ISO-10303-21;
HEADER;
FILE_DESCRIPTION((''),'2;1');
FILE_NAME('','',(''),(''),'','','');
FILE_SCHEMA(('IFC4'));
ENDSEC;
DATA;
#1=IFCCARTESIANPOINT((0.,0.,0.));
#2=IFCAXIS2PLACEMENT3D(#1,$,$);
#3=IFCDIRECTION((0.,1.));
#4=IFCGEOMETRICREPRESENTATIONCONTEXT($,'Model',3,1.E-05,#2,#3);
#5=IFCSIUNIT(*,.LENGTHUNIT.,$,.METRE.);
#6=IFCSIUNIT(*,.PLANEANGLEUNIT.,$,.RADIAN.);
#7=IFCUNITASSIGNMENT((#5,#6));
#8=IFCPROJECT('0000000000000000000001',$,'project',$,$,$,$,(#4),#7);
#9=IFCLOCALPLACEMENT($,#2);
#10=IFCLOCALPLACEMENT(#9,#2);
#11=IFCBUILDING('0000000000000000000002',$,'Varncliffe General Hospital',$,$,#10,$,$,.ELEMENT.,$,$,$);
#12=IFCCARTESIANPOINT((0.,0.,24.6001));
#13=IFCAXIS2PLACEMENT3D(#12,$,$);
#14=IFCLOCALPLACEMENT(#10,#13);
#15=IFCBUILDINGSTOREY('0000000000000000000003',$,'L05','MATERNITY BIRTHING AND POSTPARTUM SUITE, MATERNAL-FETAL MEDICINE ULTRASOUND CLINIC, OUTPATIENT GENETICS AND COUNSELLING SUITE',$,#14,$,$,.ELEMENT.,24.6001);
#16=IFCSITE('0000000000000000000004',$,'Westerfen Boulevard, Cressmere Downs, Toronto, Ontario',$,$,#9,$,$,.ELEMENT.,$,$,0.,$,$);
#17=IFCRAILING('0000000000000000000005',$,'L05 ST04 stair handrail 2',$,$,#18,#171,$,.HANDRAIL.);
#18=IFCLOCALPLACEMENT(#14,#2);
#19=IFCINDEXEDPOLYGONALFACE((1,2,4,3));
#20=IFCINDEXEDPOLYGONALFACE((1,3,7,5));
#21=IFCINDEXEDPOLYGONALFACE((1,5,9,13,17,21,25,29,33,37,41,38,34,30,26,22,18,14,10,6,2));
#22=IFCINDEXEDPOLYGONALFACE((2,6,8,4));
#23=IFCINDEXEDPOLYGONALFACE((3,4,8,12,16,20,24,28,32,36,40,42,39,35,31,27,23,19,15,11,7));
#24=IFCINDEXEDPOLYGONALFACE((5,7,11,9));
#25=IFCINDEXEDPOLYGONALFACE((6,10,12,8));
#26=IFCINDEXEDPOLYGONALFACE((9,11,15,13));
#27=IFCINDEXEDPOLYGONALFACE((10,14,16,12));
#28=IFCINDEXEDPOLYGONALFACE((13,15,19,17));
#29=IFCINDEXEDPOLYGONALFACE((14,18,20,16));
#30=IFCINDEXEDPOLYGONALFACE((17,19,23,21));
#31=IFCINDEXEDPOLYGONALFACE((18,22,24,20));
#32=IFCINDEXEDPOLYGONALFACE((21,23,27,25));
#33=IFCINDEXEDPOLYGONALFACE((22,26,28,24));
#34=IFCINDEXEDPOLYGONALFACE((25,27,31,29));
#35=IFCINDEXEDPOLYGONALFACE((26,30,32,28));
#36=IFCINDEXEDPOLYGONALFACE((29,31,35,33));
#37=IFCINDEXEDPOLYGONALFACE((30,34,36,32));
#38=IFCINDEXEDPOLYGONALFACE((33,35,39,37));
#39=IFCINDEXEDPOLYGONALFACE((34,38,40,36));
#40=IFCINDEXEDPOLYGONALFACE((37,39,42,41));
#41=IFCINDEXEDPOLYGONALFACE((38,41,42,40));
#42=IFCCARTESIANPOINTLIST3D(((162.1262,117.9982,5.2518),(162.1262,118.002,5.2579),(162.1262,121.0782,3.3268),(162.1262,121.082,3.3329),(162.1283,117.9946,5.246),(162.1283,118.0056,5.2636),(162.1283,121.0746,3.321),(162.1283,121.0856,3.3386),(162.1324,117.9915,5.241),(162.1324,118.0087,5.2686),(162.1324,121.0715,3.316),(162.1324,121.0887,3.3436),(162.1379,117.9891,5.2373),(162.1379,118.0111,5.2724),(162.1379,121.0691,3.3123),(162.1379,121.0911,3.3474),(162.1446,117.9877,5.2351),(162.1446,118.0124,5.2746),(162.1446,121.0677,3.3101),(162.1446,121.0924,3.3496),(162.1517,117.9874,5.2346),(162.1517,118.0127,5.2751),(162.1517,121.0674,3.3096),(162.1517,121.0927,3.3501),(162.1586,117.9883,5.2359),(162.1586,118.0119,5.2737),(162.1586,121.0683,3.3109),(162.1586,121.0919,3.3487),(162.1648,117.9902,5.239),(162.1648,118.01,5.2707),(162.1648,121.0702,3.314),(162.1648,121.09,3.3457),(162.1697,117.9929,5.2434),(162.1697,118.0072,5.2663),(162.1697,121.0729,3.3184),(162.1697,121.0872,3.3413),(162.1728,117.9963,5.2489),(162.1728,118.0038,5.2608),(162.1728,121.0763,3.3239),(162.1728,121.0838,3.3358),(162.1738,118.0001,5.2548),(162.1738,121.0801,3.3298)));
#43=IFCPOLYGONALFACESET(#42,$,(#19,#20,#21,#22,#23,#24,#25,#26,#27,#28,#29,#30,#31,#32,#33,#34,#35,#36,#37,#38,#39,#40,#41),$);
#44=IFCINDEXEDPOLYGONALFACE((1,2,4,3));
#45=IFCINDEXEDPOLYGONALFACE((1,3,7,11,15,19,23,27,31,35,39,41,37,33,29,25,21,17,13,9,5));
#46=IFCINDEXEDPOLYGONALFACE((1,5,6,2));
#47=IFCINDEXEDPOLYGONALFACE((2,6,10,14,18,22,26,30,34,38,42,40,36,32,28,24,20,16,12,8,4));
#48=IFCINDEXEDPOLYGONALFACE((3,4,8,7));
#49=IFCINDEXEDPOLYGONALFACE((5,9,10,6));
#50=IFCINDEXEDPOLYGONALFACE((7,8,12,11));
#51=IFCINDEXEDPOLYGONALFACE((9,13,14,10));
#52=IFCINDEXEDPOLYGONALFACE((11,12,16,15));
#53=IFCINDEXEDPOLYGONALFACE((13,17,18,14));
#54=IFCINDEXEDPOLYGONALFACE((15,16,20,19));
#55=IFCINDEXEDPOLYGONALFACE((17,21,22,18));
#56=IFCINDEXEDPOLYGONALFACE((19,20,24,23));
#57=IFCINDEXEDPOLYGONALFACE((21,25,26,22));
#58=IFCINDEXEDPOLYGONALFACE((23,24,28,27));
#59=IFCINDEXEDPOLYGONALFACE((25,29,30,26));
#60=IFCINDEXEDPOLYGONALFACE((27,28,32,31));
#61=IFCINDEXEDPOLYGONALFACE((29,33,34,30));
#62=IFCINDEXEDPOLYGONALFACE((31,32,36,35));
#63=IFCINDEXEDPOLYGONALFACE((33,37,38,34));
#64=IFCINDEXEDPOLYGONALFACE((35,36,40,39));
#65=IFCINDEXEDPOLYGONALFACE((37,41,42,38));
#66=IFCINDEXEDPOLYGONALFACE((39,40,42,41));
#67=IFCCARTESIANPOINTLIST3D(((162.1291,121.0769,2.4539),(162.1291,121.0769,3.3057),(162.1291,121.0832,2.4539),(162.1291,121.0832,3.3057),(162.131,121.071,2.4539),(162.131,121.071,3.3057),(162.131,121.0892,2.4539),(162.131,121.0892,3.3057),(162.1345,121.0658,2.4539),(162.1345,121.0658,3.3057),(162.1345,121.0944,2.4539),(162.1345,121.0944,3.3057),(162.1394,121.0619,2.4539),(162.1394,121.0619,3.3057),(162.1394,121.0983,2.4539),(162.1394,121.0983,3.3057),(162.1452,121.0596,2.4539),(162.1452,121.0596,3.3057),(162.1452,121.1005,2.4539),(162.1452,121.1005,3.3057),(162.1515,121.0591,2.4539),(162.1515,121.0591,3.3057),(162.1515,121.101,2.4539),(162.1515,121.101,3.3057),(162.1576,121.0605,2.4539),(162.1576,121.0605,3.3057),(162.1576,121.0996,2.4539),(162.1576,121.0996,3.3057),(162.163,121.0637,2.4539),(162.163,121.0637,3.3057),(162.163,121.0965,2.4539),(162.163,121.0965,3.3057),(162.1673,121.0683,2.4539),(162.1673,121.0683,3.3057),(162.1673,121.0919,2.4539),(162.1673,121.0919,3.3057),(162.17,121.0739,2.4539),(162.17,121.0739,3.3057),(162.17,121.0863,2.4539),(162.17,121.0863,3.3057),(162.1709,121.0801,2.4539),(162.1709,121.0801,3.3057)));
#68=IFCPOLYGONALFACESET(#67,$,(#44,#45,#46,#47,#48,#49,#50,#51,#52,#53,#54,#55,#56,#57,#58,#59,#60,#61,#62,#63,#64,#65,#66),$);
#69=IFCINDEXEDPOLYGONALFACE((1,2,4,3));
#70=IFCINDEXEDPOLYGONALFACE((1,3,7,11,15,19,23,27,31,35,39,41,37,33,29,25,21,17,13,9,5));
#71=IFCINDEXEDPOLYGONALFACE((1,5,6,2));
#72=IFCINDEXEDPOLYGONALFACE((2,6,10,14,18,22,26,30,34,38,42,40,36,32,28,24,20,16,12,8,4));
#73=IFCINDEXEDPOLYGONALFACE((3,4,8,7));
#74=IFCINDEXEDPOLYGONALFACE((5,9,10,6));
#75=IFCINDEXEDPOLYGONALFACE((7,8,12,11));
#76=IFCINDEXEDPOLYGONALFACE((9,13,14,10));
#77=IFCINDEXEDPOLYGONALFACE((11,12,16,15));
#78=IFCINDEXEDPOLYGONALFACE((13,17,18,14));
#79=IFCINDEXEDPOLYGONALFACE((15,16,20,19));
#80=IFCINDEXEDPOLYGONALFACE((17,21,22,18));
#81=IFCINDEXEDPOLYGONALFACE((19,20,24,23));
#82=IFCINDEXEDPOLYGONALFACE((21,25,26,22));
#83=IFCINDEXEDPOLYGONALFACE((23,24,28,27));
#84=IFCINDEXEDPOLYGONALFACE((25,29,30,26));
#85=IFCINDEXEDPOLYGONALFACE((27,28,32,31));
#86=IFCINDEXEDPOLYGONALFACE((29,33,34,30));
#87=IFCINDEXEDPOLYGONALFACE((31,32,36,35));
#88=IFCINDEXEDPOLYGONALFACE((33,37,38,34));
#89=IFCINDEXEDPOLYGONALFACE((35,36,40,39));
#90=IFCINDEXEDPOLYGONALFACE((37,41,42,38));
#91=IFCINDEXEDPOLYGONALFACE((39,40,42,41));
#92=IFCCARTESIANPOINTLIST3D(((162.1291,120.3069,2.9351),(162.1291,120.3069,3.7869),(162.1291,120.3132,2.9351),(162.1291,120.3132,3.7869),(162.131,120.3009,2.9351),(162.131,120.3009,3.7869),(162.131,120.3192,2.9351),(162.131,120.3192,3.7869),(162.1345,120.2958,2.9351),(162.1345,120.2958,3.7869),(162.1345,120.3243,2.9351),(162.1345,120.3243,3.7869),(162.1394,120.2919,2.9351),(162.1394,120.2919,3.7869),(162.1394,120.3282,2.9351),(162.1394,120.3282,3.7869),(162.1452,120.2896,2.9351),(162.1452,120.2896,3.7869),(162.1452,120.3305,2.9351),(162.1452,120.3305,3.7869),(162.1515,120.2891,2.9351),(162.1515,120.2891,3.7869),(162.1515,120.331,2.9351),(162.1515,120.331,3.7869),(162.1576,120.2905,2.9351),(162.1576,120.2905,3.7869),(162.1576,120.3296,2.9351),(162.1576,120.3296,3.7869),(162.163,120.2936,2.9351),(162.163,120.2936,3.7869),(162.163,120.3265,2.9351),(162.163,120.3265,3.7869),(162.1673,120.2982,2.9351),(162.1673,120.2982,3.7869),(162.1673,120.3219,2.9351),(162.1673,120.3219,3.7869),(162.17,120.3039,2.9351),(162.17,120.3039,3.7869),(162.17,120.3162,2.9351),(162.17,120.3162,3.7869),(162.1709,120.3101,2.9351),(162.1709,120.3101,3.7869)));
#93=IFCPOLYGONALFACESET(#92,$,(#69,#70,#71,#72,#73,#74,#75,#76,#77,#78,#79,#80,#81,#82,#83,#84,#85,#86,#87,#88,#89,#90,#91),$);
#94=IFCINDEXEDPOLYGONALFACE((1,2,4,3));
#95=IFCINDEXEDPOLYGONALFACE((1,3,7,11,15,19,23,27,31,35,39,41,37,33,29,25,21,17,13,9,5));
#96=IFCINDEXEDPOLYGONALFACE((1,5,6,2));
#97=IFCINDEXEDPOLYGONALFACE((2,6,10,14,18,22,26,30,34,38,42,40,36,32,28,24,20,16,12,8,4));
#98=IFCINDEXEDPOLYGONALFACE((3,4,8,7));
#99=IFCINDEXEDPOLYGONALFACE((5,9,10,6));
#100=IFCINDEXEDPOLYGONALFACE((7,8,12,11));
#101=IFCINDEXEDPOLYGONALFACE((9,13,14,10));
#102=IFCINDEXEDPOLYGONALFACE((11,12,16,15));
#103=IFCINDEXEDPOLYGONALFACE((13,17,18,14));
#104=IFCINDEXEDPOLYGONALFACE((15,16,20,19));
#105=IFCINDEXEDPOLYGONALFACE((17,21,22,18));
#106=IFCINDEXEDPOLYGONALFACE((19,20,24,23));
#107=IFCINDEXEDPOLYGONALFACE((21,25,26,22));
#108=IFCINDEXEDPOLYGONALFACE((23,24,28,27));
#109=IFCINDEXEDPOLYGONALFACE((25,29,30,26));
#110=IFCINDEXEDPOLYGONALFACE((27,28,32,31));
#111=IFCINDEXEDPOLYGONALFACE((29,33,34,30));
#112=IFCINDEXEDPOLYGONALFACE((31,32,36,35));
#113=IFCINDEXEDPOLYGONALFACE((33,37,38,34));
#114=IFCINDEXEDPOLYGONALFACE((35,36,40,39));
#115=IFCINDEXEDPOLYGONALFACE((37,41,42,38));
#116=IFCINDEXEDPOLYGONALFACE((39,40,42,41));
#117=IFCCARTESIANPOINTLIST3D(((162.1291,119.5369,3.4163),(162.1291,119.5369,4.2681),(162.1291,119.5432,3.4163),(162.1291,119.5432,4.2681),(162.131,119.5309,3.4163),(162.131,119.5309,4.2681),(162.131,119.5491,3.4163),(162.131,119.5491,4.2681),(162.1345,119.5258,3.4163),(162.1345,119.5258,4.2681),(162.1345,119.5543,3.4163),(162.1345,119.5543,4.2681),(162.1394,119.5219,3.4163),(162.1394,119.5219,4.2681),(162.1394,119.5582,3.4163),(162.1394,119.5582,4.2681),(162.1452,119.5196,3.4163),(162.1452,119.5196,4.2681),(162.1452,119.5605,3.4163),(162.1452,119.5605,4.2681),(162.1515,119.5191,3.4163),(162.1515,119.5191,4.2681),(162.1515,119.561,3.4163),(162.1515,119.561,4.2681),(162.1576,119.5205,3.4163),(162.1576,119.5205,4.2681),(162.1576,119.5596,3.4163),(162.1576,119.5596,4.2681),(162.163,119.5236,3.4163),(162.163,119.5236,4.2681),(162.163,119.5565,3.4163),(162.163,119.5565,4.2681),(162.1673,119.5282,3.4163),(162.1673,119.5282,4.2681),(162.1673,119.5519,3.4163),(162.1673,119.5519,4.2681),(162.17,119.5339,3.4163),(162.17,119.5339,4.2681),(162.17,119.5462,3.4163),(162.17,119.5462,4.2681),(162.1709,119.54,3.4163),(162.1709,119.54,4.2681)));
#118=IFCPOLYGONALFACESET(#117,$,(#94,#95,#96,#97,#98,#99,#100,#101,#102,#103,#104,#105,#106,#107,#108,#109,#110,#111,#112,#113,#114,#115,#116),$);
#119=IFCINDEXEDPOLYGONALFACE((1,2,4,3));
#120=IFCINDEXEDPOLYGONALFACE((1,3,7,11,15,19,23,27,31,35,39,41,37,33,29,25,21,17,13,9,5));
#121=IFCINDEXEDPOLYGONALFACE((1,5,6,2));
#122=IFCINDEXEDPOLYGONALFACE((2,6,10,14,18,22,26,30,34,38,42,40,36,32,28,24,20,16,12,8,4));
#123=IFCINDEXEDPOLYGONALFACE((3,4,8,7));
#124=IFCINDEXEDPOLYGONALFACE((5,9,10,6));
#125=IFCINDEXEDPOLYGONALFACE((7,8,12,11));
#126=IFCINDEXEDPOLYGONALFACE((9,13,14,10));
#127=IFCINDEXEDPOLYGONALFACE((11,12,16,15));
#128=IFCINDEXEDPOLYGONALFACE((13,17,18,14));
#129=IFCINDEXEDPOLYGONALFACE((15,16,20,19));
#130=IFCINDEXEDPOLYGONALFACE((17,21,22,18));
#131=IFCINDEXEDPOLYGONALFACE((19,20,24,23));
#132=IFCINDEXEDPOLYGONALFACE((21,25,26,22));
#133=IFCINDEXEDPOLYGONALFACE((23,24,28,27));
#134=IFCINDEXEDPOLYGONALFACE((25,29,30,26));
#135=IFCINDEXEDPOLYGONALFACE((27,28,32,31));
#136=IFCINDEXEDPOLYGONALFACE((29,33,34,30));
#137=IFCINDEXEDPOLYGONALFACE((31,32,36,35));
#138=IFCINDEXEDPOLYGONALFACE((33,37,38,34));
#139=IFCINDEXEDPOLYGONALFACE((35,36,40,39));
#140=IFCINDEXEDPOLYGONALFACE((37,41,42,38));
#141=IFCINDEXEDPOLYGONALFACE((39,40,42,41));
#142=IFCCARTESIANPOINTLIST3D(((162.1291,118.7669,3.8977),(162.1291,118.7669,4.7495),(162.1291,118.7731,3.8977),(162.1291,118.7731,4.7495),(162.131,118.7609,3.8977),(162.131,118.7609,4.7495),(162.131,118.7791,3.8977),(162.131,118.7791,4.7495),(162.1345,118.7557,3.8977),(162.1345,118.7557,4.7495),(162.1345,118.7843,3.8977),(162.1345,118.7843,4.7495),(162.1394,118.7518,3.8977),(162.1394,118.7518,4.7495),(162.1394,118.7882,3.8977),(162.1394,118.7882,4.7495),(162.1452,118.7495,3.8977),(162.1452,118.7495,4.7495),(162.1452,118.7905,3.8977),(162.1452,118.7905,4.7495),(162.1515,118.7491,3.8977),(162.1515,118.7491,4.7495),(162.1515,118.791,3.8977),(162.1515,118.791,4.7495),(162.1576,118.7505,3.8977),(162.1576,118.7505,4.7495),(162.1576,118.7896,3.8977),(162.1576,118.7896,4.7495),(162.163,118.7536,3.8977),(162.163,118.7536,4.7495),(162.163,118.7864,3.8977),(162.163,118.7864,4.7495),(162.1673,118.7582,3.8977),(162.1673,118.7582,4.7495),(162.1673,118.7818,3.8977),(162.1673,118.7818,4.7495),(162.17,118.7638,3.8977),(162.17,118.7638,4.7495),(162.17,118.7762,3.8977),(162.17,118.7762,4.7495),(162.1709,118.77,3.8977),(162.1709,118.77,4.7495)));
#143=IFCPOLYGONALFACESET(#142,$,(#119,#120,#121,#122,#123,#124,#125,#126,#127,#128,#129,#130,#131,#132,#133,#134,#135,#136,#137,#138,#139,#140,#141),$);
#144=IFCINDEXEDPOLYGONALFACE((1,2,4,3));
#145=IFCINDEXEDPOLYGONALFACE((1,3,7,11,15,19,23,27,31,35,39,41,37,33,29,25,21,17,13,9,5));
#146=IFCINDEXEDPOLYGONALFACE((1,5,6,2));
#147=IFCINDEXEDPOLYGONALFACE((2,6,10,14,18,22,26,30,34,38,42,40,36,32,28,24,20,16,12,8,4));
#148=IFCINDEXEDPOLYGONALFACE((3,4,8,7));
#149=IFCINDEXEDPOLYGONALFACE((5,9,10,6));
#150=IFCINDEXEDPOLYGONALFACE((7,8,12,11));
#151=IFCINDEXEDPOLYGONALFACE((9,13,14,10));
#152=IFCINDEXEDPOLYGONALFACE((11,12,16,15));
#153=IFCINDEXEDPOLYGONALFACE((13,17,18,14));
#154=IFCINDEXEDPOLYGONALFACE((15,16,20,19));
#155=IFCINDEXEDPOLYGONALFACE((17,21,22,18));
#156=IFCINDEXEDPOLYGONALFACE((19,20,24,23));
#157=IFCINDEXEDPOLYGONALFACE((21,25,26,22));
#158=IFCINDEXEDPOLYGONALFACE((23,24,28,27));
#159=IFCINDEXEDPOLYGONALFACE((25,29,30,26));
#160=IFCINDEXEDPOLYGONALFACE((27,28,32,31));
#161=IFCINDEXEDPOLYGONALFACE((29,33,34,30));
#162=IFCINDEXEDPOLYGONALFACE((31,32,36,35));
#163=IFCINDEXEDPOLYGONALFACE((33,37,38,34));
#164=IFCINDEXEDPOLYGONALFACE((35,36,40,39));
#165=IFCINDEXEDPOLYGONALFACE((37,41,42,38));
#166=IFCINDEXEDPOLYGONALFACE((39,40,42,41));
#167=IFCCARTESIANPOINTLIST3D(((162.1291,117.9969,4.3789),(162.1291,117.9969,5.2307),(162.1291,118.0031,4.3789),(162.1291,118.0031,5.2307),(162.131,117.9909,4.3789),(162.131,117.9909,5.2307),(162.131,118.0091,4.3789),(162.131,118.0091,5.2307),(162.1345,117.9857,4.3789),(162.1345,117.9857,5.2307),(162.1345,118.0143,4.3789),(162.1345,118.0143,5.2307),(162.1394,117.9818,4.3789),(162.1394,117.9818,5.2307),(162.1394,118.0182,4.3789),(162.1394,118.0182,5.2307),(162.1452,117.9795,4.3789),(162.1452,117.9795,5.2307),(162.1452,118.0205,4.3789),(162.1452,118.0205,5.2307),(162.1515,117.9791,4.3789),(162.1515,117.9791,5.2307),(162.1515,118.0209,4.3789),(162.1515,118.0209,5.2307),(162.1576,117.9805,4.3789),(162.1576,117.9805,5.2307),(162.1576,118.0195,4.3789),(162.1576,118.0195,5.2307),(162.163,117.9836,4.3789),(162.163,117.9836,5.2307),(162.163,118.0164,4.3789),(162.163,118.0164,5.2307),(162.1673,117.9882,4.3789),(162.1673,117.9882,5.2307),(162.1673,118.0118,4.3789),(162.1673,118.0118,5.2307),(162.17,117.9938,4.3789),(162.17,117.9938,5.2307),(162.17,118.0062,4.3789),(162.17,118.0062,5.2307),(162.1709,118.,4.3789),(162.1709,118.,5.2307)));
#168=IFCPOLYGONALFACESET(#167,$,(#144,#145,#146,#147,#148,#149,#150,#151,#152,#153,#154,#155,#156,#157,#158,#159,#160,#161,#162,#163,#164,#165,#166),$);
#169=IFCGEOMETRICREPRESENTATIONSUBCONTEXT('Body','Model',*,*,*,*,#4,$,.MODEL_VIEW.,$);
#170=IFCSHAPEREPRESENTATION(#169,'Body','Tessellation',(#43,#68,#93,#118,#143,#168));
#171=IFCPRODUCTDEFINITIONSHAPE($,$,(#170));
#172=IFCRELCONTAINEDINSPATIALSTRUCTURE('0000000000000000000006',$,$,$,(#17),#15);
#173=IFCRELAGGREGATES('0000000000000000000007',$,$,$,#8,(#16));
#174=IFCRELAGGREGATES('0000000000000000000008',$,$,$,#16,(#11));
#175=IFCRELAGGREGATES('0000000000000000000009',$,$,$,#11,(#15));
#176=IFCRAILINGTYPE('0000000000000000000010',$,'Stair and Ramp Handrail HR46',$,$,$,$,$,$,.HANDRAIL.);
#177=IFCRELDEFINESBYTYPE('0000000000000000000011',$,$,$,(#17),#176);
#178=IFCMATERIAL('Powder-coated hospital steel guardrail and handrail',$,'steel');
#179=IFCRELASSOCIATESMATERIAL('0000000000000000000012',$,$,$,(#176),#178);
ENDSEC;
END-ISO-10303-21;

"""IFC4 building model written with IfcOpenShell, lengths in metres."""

from ifc_helpers import new_model, si_unit, direction, frame, origin, origin_2d, place, context, subcontext, project, spatial, circle, extrude, material, type_object, element, save


model = new_model("IFC4")

# Units and contexts
model_context = context("Model", 3, precision=1e-05, world=origin(), true_north=direction((0.0, 1.0)))
body_context = subcontext(model_context, "Body", "Model", "MODEL_VIEW")
ifc_project = project(units=[si_unit("LENGTHUNIT", "METRE"), si_unit("PLANEANGLEUNIT", "RADIAN")], contexts=[model_context])

# Site, building, storey
site_placement = place(None, origin())
site = spatial("IfcSite", under=ifc_project, at=site_placement, Name="Westerfen Boulevard, Cressmere Downs, Toronto, Ontario", CompositionType="ELEMENT", RefElevation=0.0)
building_placement = place(site_placement, origin())
building = spatial("IfcBuilding", under=site, at=building_placement, Name="Varncliffe General Hospital", CompositionType="ELEMENT")
storey_placement = place(building_placement, frame((0.0, 0.0, 24.6001)))
storey = spatial("IfcBuildingStorey", under=building, at=storey_placement, Name="L05", Description="MATERNITY BIRTHING AND POSTPARTUM SUITE, MATERNAL-FETAL MEDICINE ULTRASOUND CLINIC, OUTPATIENT GENETICS AND COUNSELLING SUITE", CompositionType="ELEMENT", Elevation=24.6001)

# Railing
ifc_material_1 = material(Name="Powder-coated hospital steel guardrail and handrail", Category="steel")
railing_type_1 = type_object("IfcRailingType", Name="Stair and Ramp Handrail HR46", PredefinedType="HANDRAIL", material=ifc_material_1)
railing_1_placement = place(storey_placement, frame((162.1499, 121.0801, 2.4539)))
element("IfcRailing", 1, at=railing_1_placement, inside=storey, type_object=railing_type_1, Name="L05 ST04 stair handrail 2", PredefinedType="HANDRAIL", context=body_context, shape_type="SweptSolid", body=[
    extrude(circle(Radius=0.0239, at=origin_2d()), frame((0.0, 0.0, 0.876), z_axis=(0.0, -0.847998, 0.529999), x_axis=(1.0, 0.0, 0.0)), (0.0, 0.0, 1.0), 3.6321),
    extrude(circle(Radius=0.021, at=origin_2d()), origin(), (0.0, 0.0, 1.0), 0.8518),
    extrude(circle(Radius=0.021, at=origin_2d()), frame((0.0, -0.77, 0.4812)), (0.0, 0.0, 1.0), 0.8518),
    extrude(circle(Radius=0.021, at=origin_2d()), frame((0.0, -1.54, 0.9624)), (0.0, 0.0, 1.0), 0.8518),
    extrude(circle(Radius=0.021, at=origin_2d()), frame((0.0, -2.3101, 1.4438)), (0.0, 0.0, 1.0), 0.8518),
    extrude(circle(Radius=0.021, at=origin_2d()), frame((0.0, -3.0801, 1.925)), (0.0, 0.0, 1.0), 0.8518),
])

save(model, "model.ifc")
